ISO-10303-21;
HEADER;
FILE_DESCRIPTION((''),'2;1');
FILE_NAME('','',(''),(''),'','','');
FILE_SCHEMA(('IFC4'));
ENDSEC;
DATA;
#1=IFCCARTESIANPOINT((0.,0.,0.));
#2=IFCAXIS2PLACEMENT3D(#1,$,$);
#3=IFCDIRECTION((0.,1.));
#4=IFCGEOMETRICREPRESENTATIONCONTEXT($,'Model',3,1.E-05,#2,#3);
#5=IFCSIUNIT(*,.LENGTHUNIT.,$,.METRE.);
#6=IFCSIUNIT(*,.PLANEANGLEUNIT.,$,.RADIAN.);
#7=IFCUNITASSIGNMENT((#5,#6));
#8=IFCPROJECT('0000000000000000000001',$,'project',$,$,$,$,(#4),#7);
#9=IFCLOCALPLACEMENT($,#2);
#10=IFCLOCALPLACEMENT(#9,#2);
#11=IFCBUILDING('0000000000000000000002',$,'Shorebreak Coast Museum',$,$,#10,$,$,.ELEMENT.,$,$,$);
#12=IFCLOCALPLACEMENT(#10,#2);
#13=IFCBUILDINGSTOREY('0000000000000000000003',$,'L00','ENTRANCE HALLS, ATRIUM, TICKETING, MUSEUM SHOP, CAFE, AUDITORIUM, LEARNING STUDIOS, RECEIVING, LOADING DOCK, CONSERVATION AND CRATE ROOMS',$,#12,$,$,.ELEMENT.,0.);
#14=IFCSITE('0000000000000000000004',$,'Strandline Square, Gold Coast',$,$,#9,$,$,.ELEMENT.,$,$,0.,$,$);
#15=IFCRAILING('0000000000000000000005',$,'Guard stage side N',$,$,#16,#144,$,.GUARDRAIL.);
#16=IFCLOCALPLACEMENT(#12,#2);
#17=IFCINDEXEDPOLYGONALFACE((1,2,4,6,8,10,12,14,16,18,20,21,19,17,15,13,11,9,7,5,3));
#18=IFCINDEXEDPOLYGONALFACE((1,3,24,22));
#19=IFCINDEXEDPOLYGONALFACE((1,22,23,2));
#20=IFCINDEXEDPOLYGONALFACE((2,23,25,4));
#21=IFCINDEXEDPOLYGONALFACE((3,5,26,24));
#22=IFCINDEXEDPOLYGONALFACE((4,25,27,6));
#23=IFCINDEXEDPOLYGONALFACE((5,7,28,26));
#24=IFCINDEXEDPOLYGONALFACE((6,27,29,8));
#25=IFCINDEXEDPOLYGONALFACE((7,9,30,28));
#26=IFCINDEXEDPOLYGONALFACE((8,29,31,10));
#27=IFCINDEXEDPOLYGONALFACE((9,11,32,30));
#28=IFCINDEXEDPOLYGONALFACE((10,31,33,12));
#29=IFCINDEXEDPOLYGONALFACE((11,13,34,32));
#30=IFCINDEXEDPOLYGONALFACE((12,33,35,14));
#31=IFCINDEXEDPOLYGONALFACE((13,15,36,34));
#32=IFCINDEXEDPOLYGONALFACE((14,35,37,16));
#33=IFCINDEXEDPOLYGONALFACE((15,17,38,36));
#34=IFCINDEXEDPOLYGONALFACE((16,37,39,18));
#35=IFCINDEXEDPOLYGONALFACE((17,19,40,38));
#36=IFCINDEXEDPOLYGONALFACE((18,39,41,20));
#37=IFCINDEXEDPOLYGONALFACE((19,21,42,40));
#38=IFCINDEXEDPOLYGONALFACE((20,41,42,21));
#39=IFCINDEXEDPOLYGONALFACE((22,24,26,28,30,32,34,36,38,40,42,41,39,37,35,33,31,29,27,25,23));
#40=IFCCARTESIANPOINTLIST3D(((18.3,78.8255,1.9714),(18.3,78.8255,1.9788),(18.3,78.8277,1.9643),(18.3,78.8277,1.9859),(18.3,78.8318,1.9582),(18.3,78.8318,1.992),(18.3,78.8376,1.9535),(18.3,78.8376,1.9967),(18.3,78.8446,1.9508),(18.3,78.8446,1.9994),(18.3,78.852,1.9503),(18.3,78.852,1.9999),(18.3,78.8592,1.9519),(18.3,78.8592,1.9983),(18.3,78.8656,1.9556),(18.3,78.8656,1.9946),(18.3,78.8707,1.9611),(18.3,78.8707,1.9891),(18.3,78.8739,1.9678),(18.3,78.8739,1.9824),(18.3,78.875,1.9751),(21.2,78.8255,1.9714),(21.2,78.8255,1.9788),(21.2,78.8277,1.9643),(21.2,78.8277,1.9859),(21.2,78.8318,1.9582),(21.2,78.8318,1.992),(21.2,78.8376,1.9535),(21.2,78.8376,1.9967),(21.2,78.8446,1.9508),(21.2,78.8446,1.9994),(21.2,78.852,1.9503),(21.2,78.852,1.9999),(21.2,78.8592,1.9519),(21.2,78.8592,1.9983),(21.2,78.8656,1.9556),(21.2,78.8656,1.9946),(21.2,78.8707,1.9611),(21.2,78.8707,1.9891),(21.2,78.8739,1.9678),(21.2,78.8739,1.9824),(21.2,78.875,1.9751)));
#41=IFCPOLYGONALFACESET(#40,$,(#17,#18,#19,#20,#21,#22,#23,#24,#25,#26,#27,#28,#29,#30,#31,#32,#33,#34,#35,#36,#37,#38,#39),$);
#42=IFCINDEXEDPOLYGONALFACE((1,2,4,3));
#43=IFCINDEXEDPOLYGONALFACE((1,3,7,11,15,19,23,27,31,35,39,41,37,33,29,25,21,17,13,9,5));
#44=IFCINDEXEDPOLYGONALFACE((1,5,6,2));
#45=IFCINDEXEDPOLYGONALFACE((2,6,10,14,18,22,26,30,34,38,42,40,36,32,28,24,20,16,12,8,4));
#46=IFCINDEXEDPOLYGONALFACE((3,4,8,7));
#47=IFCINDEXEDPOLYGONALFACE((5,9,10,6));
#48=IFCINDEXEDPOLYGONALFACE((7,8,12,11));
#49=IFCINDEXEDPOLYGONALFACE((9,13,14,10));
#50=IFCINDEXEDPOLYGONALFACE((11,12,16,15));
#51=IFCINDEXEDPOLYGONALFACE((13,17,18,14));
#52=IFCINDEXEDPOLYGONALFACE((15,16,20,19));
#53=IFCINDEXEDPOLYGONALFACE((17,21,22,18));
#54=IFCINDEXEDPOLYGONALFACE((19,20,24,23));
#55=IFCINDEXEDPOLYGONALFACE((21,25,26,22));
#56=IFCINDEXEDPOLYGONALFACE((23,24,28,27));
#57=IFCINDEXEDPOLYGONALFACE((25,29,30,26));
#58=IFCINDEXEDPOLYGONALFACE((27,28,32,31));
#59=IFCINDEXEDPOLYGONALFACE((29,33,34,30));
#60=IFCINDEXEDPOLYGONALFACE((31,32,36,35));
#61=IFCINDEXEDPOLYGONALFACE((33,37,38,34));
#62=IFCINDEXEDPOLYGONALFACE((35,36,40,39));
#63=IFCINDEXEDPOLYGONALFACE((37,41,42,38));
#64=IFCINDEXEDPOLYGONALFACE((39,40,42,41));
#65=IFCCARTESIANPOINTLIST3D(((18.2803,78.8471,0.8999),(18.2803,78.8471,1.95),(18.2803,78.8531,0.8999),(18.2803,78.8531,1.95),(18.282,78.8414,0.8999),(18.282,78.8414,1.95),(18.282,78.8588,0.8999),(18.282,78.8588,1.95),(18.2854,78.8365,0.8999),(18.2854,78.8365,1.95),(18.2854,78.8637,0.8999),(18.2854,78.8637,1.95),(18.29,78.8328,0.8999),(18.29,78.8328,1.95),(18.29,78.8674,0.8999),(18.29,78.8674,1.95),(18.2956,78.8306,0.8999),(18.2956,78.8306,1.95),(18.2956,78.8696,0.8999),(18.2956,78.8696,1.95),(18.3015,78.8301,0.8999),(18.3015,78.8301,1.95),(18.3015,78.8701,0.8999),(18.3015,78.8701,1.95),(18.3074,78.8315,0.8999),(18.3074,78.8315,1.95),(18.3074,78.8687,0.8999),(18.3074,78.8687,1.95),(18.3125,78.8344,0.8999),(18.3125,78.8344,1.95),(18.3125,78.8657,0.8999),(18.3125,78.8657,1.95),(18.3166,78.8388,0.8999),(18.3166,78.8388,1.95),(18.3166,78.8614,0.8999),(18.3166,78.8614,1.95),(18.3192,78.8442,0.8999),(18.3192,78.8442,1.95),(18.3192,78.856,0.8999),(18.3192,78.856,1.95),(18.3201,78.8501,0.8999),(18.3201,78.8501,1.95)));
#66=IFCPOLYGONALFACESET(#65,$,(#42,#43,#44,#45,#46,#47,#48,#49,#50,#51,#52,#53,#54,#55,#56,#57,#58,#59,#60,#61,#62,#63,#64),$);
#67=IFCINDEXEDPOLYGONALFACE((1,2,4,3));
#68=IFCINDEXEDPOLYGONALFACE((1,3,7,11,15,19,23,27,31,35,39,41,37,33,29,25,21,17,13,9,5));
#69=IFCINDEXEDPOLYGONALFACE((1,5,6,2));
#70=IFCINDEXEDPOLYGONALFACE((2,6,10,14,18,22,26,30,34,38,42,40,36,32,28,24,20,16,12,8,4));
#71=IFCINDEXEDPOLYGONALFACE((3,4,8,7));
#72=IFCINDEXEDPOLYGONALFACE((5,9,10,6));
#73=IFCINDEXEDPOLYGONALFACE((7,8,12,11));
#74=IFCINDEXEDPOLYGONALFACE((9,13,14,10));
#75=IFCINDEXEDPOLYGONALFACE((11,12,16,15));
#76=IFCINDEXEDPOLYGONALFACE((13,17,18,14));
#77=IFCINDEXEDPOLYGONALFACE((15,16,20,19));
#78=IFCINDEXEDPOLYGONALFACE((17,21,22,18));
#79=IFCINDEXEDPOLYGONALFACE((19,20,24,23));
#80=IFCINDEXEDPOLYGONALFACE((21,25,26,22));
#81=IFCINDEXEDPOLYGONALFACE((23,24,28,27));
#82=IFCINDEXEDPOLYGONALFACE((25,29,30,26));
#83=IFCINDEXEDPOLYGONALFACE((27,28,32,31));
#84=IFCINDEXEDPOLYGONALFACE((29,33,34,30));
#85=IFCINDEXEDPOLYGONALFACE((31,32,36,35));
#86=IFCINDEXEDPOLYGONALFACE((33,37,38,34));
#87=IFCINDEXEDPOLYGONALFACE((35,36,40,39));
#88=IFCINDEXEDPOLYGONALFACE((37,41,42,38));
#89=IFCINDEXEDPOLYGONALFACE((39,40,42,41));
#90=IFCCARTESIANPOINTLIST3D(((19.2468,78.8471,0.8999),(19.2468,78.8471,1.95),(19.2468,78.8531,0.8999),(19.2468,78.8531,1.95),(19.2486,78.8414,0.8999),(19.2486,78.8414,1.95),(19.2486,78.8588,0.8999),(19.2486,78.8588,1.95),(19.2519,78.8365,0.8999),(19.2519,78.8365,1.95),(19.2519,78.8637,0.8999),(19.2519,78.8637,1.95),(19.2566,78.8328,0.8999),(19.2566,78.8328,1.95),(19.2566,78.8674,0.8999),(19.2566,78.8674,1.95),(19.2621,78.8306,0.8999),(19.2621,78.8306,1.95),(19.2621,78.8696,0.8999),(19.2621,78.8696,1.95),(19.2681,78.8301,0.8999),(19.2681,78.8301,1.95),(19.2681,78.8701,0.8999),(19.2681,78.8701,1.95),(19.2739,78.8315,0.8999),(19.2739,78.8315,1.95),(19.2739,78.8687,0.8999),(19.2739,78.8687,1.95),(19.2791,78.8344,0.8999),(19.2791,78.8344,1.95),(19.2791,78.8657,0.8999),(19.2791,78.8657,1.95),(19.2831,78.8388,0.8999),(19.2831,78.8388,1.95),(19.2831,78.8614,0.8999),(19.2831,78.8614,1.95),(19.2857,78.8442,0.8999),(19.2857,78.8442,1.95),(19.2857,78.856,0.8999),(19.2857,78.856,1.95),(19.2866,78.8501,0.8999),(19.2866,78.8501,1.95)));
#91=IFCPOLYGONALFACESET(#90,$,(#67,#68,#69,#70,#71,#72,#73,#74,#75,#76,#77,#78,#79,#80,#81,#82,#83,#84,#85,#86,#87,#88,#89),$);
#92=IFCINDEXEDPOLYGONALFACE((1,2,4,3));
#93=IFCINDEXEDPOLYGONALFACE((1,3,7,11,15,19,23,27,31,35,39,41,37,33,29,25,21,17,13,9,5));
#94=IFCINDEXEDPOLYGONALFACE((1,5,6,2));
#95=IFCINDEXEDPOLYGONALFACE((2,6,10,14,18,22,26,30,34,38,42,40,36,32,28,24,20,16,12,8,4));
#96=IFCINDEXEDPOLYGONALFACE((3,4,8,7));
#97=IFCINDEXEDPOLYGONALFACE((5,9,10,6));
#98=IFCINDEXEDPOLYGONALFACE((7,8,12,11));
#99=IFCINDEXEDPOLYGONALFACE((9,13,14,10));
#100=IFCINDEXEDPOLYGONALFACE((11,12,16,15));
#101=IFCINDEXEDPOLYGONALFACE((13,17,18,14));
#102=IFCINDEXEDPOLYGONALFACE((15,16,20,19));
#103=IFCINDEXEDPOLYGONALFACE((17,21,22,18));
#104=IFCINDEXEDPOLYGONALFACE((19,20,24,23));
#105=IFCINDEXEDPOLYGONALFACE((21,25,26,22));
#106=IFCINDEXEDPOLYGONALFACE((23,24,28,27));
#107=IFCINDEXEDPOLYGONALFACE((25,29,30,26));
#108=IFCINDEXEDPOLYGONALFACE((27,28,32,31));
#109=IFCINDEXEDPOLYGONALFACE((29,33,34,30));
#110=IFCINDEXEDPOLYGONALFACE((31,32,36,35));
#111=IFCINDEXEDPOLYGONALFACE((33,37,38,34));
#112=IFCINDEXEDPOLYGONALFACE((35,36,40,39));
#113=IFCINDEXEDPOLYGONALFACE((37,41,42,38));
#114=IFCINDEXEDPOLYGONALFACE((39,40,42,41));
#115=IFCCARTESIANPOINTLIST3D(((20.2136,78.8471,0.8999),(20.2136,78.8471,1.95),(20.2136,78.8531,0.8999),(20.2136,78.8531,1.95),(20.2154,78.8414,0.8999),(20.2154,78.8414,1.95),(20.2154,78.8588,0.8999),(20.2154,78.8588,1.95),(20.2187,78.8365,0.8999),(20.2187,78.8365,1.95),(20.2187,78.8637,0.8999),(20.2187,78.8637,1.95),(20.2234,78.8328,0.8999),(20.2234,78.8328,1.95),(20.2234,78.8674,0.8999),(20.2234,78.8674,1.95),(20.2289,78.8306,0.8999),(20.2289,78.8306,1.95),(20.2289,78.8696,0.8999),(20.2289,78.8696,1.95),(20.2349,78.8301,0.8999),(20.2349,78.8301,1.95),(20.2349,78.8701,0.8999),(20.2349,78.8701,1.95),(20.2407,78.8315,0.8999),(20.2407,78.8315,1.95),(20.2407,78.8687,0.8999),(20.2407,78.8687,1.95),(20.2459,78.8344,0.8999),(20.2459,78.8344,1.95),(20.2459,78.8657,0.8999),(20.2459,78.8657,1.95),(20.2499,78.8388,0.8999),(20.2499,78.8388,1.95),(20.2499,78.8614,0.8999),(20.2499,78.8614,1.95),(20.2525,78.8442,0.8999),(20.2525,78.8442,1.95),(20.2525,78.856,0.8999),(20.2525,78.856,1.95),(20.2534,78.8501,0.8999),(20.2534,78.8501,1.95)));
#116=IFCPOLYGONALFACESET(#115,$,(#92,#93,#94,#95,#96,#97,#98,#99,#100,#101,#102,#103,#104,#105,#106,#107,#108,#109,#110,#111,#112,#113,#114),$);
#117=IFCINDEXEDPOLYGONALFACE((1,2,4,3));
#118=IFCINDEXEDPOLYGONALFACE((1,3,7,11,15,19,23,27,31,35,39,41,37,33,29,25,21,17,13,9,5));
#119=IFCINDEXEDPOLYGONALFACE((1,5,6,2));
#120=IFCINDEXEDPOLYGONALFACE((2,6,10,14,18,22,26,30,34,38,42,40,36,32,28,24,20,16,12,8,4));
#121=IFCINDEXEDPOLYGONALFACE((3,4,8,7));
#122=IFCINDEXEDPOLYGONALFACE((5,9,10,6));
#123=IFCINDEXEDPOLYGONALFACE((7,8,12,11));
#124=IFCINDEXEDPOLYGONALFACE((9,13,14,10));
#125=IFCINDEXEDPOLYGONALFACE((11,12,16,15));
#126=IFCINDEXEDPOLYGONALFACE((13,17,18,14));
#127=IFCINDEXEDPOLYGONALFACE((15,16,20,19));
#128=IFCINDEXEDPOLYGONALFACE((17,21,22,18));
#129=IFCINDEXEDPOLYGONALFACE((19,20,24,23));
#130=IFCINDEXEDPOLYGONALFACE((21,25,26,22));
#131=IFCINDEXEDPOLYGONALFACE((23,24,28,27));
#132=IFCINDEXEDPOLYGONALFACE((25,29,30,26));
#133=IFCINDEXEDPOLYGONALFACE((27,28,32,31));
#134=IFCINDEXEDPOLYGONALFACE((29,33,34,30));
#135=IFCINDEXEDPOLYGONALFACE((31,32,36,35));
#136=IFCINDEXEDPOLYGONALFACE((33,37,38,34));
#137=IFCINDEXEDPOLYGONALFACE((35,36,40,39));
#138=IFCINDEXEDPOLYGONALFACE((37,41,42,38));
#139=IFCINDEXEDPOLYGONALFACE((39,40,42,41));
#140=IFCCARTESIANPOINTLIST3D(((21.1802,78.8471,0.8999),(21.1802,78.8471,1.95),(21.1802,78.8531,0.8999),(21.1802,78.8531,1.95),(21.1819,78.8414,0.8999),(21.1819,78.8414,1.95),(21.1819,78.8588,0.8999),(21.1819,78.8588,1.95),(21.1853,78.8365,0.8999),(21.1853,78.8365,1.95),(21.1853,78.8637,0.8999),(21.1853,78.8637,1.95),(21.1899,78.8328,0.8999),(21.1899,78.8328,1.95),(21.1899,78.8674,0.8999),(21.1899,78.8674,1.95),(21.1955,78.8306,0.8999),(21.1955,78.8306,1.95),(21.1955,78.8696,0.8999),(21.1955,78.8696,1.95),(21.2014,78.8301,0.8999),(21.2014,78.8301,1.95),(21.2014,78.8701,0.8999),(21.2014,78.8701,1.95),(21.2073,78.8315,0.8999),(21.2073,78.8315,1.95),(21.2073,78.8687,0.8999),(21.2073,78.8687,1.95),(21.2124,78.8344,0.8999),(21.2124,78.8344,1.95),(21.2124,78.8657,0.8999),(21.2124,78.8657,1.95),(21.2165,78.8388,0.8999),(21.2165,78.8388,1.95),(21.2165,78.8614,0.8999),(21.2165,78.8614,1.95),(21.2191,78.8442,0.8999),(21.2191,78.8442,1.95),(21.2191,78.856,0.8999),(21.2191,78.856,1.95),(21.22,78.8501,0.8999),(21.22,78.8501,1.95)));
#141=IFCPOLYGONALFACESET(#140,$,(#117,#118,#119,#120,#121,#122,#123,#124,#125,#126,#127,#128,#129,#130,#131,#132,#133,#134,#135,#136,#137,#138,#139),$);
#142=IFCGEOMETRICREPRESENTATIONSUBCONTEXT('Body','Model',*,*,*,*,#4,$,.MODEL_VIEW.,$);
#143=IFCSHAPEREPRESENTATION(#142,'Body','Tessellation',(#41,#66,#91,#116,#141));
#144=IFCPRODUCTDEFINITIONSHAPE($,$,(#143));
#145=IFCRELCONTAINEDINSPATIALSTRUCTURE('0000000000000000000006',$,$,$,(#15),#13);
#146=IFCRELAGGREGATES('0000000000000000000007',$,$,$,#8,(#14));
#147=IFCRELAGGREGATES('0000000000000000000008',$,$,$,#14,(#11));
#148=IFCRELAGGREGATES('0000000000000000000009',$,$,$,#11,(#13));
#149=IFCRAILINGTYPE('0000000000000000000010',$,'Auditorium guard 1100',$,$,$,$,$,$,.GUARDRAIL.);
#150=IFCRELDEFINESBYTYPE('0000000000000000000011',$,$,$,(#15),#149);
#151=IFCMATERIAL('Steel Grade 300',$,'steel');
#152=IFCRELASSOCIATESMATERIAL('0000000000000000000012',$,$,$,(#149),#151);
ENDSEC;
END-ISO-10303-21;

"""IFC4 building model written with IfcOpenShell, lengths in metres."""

from ifc_helpers import new_model, si_unit, direction, frame, origin, origin_2d, place, context, subcontext, project, spatial, circle, extrude, material, type_object, element, save


model = new_model("IFC4")

# Units and contexts
model_context = context("Model", 3, precision=1e-05, world=origin(), true_north=direction((0.0, 1.0)))
body_context = subcontext(model_context, "Body", "Model", "MODEL_VIEW")
ifc_project = project(units=[si_unit("LENGTHUNIT", "METRE"), si_unit("PLANEANGLEUNIT", "RADIAN")], contexts=[model_context])

# Site, building, storey
site_placement = place(None, origin())
site = spatial("IfcSite", under=ifc_project, at=site_placement, Name="Strandline Square, Gold Coast", CompositionType="ELEMENT", RefElevation=0.0)
building_placement = place(site_placement, origin())
building = spatial("IfcBuilding", under=site, at=building_placement, Name="Shorebreak Coast Museum", CompositionType="ELEMENT")
storey_placement = place(building_placement, origin())
storey = spatial("IfcBuildingStorey", under=building, at=storey_placement, Name="L00", Description="ENTRANCE HALLS, ATRIUM, TICKETING, MUSEUM SHOP, CAFE, AUDITORIUM, LEARNING STUDIOS, RECEIVING, LOADING DOCK, CONSERVATION AND CRATE ROOMS", CompositionType="ELEMENT", Elevation=0.0)

# Railing
ifc_material_1 = material(Name="Steel Grade 300", Category="steel")
railing_type_1 = type_object("IfcRailingType", Name="Auditorium guard 1100", PredefinedType="GUARDRAIL", material=ifc_material_1)
railing_1_placement = place(storey_placement, frame((18.3, 78.8501, 0.8999)))
element("IfcRailing", 1, at=railing_1_placement, inside=storey, type_object=railing_type_1, Name="Guard stage side N", PredefinedType="GUARDRAIL", context=body_context, shape_type="SweptSolid", body=[
    extrude(circle(Radius=0.0249, at=origin_2d()), frame((0.0, 0.0, 1.0752), z_axis=(1.0, 0.0, 0.0), x_axis=(0.0, 1.0, 0.0)), (0.0, 0.0, 1.0), 2.8999),
    extrude(circle(Radius=0.02, at=origin_2d()), origin(), (0.0, 0.0, 1.0), 1.05),
    extrude(circle(Radius=0.02, at=origin_2d()), frame((0.9666, 0.0, 0.0)), (0.0, 0.0, 1.0), 1.05),
    extrude(circle(Radius=0.02, at=origin_2d()), frame((1.9333, 0.0, 0.0)), (0.0, 0.0, 1.0), 1.05),
    extrude(circle(Radius=0.02, at=origin_2d()), frame((2.8999, 0.0, 0.0)), (0.0, 0.0, 1.0), 1.05),
])

save(model, "model.ifc")
